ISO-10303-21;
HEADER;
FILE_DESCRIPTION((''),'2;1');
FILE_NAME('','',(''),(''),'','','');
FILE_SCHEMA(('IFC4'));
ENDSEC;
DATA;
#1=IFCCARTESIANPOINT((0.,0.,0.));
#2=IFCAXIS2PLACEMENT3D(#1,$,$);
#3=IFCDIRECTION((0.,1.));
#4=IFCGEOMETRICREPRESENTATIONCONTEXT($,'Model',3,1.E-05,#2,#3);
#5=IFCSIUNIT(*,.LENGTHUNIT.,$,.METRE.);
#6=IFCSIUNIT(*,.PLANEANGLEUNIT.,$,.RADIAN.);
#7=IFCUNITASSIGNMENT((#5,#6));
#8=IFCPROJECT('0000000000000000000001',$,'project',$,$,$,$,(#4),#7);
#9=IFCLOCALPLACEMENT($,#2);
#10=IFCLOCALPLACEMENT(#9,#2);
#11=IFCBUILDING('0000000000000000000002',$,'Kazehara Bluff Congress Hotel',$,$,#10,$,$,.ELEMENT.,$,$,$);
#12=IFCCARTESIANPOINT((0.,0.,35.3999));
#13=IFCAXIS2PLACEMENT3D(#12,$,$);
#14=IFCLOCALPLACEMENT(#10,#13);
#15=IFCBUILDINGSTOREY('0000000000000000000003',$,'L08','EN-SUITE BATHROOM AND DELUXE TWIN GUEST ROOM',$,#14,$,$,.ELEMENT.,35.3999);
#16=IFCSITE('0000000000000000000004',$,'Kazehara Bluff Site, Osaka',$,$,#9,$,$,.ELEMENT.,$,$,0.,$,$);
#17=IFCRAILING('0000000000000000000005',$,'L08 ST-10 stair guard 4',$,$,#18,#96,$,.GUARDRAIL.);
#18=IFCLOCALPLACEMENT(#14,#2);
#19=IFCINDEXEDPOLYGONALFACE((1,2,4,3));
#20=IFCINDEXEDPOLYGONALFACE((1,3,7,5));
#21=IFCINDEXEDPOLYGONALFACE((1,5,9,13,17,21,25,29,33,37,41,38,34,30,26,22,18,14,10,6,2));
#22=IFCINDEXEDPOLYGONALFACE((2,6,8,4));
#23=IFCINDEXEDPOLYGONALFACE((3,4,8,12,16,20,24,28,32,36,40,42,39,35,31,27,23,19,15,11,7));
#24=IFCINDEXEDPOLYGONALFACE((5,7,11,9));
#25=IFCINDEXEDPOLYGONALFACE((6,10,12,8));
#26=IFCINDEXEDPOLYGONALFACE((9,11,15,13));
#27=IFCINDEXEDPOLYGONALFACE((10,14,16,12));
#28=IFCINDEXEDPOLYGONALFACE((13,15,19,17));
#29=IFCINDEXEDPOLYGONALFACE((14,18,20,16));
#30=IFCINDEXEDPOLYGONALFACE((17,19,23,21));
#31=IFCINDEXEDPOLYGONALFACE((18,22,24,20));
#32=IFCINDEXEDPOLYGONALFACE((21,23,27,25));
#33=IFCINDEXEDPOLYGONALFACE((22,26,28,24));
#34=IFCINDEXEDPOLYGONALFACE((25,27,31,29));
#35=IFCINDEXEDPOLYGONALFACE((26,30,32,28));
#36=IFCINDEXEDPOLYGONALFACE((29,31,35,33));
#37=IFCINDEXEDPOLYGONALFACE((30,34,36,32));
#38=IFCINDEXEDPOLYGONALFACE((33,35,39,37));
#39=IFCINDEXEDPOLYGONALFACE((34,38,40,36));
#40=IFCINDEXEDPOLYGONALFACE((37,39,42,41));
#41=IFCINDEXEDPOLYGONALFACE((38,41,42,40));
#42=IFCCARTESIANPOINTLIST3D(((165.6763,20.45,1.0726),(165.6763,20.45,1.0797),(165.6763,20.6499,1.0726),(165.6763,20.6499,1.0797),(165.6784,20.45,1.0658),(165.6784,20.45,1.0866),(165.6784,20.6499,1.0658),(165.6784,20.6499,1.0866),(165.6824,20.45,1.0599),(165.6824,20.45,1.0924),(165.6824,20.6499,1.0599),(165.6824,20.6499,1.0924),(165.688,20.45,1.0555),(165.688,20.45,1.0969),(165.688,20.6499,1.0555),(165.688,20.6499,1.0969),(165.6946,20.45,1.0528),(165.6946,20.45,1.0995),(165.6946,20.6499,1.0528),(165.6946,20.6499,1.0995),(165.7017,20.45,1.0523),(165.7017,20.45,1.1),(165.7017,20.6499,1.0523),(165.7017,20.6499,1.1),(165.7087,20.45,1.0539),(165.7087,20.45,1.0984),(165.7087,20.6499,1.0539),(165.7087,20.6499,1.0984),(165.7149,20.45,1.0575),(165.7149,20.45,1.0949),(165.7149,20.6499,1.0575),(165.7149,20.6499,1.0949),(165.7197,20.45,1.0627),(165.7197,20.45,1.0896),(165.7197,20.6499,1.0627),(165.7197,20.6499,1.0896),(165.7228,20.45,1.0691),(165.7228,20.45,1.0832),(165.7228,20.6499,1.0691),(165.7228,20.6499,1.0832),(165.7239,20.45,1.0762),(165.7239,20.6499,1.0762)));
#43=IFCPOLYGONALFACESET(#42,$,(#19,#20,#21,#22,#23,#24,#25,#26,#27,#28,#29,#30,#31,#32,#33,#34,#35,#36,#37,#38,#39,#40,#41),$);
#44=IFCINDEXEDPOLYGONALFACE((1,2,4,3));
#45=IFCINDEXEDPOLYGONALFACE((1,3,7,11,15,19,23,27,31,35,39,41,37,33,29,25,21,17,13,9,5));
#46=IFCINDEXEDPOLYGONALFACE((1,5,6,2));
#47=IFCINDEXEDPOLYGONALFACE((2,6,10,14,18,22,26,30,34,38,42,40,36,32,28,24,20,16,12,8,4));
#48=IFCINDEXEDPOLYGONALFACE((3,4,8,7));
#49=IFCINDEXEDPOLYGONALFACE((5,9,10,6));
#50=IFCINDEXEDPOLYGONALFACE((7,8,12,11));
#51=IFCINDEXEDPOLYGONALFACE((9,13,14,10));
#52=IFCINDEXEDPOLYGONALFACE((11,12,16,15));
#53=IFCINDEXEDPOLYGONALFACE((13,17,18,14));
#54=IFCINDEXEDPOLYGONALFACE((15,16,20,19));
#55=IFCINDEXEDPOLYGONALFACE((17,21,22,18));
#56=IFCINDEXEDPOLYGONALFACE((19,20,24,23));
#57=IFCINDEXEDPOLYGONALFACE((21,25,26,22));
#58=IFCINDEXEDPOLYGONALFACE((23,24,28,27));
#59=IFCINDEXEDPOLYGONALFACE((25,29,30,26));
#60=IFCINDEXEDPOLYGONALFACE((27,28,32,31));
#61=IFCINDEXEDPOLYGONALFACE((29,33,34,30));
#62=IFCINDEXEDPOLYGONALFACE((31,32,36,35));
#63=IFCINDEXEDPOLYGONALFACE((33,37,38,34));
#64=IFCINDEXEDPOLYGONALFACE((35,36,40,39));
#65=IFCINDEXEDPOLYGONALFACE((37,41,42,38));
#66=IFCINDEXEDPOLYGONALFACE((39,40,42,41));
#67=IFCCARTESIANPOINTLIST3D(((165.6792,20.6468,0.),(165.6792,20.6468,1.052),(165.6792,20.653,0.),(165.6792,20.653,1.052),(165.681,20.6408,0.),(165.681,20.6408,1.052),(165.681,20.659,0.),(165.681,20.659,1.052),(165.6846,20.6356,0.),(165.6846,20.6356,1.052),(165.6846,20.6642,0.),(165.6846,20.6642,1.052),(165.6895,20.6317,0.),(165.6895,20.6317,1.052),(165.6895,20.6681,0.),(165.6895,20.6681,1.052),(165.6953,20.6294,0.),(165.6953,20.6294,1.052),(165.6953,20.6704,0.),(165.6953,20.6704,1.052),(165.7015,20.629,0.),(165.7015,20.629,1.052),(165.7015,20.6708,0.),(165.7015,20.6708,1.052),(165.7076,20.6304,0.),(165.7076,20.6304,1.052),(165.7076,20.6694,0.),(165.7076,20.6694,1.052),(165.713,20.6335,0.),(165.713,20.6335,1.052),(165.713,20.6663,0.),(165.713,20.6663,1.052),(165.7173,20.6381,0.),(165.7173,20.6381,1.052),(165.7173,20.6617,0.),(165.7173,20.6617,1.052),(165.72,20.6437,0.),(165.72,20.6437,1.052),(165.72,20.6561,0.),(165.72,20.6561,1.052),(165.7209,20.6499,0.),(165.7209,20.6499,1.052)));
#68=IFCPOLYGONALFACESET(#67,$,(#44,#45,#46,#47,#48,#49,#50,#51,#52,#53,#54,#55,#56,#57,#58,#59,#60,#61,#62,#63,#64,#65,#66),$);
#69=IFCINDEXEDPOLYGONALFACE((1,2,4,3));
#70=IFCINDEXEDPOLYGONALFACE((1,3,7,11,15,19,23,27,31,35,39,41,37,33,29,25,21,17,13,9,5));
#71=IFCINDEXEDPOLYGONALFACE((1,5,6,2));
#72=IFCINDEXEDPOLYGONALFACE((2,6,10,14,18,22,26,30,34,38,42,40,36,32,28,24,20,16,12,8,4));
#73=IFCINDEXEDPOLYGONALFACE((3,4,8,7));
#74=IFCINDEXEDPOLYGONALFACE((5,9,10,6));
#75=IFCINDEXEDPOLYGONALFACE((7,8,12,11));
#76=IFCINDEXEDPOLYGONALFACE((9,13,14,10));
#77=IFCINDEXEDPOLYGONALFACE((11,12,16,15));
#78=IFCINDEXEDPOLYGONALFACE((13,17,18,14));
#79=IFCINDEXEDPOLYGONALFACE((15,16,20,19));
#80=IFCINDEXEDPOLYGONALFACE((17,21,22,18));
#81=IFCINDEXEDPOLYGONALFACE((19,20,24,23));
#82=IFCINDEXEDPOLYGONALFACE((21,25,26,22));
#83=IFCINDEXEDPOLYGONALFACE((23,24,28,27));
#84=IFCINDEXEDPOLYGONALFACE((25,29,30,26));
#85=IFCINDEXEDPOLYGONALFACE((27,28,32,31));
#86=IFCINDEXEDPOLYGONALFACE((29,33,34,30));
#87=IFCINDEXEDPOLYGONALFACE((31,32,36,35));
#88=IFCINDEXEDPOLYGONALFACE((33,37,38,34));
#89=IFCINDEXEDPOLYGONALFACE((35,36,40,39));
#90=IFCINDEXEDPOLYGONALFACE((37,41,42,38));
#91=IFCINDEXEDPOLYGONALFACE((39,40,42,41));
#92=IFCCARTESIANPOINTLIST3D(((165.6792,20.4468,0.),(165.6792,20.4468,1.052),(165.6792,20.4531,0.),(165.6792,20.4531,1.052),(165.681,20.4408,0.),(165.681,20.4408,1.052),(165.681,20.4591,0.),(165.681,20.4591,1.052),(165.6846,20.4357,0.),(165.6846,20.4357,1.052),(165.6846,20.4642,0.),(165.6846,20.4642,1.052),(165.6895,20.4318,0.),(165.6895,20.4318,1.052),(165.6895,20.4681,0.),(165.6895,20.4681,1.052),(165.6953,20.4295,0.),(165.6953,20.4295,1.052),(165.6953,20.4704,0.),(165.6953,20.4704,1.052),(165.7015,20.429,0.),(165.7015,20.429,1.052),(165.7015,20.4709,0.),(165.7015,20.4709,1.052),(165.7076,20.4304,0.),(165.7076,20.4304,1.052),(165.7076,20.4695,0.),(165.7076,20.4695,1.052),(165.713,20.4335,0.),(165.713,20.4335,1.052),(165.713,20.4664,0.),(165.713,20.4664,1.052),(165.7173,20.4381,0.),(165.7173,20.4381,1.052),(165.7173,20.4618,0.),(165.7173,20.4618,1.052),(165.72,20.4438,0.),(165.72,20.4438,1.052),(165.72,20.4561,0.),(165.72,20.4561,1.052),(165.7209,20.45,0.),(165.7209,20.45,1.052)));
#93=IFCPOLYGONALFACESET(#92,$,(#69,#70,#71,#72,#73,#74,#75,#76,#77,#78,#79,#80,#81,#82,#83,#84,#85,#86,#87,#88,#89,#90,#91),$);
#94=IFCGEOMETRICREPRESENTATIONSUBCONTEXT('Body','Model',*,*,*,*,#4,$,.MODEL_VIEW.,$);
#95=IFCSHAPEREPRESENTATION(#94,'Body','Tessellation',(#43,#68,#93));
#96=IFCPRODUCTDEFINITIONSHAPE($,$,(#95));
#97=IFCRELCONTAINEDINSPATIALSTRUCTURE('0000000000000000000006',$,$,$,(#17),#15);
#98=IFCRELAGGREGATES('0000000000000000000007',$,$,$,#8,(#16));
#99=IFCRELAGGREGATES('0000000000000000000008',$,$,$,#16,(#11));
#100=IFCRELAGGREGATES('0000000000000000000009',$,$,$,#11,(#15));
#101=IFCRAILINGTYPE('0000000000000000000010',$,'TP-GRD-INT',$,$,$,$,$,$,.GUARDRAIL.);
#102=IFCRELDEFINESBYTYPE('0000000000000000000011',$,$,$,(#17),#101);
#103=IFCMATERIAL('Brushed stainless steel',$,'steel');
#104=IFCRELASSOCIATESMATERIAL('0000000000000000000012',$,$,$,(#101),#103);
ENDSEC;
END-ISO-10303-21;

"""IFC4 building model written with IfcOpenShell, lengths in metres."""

from ifc_helpers import new_model, si_unit, direction, frame, origin, origin_2d, place, context, subcontext, project, spatial, circle, extrude, material, type_object, element, save


model = new_model("IFC4")

# Units and contexts
model_context = context("Model", 3, precision=1e-05, world=origin(), true_north=direction((0.0, 1.0)))
body_context = subcontext(model_context, "Body", "Model", "MODEL_VIEW")
ifc_project = project(units=[si_unit("LENGTHUNIT", "METRE"), si_unit("PLANEANGLEUNIT", "RADIAN")], contexts=[model_context])

# Site, building, storey
site_placement = place(None, origin())
site = spatial("IfcSite", under=ifc_project, at=site_placement, Name="Kazehara Bluff Site, Osaka", CompositionType="ELEMENT", RefElevation=0.0)
building_placement = place(site_placement, origin())
building = spatial("IfcBuilding", under=site, at=building_placement, Name="Kazehara Bluff Congress Hotel", CompositionType="ELEMENT")
storey_placement = place(building_placement, frame((0.0, 0.0, 35.3999)))
storey = spatial("IfcBuildingStorey", under=building, at=storey_placement, Name="L08", Description="EN-SUITE BATHROOM AND DELUXE TWIN GUEST ROOM", CompositionType="ELEMENT", Elevation=35.3999)

# Railing
ifc_material_1 = material(Name="Brushed stainless steel", Category="steel")
railing_type_1 = type_object("IfcRailingType", Name="TP-GRD-INT", PredefinedType="GUARDRAIL", material=ifc_material_1)
railing_1_placement = place(storey_placement, frame((165.7, 20.6499, 0.0)))
element("IfcRailing", 1, at=railing_1_placement, inside=storey, type_object=railing_type_1, Name="L08 ST-10 stair guard 4", PredefinedType="GUARDRAIL", context=body_context, shape_type="SweptSolid", body=[
    extrude(circle(Radius=0.0239, at=origin_2d()), frame((0.0, 0.0, 1.0762), z_axis=(0.0, -1.0, 0.0), x_axis=(1.0, 0.0, 0.0)), (0.0, 0.0, 1.0), 0.2),
    extrude(circle(Radius=0.021, at=origin_2d()), origin(), (0.0, 0.0, 1.0), 1.052),
    extrude(circle(Radius=0.021, at=origin_2d()), frame((0.0, -0.2, 0.0)), (0.0, 0.0, 1.0), 1.052),
])

save(model, "model.ifc")
